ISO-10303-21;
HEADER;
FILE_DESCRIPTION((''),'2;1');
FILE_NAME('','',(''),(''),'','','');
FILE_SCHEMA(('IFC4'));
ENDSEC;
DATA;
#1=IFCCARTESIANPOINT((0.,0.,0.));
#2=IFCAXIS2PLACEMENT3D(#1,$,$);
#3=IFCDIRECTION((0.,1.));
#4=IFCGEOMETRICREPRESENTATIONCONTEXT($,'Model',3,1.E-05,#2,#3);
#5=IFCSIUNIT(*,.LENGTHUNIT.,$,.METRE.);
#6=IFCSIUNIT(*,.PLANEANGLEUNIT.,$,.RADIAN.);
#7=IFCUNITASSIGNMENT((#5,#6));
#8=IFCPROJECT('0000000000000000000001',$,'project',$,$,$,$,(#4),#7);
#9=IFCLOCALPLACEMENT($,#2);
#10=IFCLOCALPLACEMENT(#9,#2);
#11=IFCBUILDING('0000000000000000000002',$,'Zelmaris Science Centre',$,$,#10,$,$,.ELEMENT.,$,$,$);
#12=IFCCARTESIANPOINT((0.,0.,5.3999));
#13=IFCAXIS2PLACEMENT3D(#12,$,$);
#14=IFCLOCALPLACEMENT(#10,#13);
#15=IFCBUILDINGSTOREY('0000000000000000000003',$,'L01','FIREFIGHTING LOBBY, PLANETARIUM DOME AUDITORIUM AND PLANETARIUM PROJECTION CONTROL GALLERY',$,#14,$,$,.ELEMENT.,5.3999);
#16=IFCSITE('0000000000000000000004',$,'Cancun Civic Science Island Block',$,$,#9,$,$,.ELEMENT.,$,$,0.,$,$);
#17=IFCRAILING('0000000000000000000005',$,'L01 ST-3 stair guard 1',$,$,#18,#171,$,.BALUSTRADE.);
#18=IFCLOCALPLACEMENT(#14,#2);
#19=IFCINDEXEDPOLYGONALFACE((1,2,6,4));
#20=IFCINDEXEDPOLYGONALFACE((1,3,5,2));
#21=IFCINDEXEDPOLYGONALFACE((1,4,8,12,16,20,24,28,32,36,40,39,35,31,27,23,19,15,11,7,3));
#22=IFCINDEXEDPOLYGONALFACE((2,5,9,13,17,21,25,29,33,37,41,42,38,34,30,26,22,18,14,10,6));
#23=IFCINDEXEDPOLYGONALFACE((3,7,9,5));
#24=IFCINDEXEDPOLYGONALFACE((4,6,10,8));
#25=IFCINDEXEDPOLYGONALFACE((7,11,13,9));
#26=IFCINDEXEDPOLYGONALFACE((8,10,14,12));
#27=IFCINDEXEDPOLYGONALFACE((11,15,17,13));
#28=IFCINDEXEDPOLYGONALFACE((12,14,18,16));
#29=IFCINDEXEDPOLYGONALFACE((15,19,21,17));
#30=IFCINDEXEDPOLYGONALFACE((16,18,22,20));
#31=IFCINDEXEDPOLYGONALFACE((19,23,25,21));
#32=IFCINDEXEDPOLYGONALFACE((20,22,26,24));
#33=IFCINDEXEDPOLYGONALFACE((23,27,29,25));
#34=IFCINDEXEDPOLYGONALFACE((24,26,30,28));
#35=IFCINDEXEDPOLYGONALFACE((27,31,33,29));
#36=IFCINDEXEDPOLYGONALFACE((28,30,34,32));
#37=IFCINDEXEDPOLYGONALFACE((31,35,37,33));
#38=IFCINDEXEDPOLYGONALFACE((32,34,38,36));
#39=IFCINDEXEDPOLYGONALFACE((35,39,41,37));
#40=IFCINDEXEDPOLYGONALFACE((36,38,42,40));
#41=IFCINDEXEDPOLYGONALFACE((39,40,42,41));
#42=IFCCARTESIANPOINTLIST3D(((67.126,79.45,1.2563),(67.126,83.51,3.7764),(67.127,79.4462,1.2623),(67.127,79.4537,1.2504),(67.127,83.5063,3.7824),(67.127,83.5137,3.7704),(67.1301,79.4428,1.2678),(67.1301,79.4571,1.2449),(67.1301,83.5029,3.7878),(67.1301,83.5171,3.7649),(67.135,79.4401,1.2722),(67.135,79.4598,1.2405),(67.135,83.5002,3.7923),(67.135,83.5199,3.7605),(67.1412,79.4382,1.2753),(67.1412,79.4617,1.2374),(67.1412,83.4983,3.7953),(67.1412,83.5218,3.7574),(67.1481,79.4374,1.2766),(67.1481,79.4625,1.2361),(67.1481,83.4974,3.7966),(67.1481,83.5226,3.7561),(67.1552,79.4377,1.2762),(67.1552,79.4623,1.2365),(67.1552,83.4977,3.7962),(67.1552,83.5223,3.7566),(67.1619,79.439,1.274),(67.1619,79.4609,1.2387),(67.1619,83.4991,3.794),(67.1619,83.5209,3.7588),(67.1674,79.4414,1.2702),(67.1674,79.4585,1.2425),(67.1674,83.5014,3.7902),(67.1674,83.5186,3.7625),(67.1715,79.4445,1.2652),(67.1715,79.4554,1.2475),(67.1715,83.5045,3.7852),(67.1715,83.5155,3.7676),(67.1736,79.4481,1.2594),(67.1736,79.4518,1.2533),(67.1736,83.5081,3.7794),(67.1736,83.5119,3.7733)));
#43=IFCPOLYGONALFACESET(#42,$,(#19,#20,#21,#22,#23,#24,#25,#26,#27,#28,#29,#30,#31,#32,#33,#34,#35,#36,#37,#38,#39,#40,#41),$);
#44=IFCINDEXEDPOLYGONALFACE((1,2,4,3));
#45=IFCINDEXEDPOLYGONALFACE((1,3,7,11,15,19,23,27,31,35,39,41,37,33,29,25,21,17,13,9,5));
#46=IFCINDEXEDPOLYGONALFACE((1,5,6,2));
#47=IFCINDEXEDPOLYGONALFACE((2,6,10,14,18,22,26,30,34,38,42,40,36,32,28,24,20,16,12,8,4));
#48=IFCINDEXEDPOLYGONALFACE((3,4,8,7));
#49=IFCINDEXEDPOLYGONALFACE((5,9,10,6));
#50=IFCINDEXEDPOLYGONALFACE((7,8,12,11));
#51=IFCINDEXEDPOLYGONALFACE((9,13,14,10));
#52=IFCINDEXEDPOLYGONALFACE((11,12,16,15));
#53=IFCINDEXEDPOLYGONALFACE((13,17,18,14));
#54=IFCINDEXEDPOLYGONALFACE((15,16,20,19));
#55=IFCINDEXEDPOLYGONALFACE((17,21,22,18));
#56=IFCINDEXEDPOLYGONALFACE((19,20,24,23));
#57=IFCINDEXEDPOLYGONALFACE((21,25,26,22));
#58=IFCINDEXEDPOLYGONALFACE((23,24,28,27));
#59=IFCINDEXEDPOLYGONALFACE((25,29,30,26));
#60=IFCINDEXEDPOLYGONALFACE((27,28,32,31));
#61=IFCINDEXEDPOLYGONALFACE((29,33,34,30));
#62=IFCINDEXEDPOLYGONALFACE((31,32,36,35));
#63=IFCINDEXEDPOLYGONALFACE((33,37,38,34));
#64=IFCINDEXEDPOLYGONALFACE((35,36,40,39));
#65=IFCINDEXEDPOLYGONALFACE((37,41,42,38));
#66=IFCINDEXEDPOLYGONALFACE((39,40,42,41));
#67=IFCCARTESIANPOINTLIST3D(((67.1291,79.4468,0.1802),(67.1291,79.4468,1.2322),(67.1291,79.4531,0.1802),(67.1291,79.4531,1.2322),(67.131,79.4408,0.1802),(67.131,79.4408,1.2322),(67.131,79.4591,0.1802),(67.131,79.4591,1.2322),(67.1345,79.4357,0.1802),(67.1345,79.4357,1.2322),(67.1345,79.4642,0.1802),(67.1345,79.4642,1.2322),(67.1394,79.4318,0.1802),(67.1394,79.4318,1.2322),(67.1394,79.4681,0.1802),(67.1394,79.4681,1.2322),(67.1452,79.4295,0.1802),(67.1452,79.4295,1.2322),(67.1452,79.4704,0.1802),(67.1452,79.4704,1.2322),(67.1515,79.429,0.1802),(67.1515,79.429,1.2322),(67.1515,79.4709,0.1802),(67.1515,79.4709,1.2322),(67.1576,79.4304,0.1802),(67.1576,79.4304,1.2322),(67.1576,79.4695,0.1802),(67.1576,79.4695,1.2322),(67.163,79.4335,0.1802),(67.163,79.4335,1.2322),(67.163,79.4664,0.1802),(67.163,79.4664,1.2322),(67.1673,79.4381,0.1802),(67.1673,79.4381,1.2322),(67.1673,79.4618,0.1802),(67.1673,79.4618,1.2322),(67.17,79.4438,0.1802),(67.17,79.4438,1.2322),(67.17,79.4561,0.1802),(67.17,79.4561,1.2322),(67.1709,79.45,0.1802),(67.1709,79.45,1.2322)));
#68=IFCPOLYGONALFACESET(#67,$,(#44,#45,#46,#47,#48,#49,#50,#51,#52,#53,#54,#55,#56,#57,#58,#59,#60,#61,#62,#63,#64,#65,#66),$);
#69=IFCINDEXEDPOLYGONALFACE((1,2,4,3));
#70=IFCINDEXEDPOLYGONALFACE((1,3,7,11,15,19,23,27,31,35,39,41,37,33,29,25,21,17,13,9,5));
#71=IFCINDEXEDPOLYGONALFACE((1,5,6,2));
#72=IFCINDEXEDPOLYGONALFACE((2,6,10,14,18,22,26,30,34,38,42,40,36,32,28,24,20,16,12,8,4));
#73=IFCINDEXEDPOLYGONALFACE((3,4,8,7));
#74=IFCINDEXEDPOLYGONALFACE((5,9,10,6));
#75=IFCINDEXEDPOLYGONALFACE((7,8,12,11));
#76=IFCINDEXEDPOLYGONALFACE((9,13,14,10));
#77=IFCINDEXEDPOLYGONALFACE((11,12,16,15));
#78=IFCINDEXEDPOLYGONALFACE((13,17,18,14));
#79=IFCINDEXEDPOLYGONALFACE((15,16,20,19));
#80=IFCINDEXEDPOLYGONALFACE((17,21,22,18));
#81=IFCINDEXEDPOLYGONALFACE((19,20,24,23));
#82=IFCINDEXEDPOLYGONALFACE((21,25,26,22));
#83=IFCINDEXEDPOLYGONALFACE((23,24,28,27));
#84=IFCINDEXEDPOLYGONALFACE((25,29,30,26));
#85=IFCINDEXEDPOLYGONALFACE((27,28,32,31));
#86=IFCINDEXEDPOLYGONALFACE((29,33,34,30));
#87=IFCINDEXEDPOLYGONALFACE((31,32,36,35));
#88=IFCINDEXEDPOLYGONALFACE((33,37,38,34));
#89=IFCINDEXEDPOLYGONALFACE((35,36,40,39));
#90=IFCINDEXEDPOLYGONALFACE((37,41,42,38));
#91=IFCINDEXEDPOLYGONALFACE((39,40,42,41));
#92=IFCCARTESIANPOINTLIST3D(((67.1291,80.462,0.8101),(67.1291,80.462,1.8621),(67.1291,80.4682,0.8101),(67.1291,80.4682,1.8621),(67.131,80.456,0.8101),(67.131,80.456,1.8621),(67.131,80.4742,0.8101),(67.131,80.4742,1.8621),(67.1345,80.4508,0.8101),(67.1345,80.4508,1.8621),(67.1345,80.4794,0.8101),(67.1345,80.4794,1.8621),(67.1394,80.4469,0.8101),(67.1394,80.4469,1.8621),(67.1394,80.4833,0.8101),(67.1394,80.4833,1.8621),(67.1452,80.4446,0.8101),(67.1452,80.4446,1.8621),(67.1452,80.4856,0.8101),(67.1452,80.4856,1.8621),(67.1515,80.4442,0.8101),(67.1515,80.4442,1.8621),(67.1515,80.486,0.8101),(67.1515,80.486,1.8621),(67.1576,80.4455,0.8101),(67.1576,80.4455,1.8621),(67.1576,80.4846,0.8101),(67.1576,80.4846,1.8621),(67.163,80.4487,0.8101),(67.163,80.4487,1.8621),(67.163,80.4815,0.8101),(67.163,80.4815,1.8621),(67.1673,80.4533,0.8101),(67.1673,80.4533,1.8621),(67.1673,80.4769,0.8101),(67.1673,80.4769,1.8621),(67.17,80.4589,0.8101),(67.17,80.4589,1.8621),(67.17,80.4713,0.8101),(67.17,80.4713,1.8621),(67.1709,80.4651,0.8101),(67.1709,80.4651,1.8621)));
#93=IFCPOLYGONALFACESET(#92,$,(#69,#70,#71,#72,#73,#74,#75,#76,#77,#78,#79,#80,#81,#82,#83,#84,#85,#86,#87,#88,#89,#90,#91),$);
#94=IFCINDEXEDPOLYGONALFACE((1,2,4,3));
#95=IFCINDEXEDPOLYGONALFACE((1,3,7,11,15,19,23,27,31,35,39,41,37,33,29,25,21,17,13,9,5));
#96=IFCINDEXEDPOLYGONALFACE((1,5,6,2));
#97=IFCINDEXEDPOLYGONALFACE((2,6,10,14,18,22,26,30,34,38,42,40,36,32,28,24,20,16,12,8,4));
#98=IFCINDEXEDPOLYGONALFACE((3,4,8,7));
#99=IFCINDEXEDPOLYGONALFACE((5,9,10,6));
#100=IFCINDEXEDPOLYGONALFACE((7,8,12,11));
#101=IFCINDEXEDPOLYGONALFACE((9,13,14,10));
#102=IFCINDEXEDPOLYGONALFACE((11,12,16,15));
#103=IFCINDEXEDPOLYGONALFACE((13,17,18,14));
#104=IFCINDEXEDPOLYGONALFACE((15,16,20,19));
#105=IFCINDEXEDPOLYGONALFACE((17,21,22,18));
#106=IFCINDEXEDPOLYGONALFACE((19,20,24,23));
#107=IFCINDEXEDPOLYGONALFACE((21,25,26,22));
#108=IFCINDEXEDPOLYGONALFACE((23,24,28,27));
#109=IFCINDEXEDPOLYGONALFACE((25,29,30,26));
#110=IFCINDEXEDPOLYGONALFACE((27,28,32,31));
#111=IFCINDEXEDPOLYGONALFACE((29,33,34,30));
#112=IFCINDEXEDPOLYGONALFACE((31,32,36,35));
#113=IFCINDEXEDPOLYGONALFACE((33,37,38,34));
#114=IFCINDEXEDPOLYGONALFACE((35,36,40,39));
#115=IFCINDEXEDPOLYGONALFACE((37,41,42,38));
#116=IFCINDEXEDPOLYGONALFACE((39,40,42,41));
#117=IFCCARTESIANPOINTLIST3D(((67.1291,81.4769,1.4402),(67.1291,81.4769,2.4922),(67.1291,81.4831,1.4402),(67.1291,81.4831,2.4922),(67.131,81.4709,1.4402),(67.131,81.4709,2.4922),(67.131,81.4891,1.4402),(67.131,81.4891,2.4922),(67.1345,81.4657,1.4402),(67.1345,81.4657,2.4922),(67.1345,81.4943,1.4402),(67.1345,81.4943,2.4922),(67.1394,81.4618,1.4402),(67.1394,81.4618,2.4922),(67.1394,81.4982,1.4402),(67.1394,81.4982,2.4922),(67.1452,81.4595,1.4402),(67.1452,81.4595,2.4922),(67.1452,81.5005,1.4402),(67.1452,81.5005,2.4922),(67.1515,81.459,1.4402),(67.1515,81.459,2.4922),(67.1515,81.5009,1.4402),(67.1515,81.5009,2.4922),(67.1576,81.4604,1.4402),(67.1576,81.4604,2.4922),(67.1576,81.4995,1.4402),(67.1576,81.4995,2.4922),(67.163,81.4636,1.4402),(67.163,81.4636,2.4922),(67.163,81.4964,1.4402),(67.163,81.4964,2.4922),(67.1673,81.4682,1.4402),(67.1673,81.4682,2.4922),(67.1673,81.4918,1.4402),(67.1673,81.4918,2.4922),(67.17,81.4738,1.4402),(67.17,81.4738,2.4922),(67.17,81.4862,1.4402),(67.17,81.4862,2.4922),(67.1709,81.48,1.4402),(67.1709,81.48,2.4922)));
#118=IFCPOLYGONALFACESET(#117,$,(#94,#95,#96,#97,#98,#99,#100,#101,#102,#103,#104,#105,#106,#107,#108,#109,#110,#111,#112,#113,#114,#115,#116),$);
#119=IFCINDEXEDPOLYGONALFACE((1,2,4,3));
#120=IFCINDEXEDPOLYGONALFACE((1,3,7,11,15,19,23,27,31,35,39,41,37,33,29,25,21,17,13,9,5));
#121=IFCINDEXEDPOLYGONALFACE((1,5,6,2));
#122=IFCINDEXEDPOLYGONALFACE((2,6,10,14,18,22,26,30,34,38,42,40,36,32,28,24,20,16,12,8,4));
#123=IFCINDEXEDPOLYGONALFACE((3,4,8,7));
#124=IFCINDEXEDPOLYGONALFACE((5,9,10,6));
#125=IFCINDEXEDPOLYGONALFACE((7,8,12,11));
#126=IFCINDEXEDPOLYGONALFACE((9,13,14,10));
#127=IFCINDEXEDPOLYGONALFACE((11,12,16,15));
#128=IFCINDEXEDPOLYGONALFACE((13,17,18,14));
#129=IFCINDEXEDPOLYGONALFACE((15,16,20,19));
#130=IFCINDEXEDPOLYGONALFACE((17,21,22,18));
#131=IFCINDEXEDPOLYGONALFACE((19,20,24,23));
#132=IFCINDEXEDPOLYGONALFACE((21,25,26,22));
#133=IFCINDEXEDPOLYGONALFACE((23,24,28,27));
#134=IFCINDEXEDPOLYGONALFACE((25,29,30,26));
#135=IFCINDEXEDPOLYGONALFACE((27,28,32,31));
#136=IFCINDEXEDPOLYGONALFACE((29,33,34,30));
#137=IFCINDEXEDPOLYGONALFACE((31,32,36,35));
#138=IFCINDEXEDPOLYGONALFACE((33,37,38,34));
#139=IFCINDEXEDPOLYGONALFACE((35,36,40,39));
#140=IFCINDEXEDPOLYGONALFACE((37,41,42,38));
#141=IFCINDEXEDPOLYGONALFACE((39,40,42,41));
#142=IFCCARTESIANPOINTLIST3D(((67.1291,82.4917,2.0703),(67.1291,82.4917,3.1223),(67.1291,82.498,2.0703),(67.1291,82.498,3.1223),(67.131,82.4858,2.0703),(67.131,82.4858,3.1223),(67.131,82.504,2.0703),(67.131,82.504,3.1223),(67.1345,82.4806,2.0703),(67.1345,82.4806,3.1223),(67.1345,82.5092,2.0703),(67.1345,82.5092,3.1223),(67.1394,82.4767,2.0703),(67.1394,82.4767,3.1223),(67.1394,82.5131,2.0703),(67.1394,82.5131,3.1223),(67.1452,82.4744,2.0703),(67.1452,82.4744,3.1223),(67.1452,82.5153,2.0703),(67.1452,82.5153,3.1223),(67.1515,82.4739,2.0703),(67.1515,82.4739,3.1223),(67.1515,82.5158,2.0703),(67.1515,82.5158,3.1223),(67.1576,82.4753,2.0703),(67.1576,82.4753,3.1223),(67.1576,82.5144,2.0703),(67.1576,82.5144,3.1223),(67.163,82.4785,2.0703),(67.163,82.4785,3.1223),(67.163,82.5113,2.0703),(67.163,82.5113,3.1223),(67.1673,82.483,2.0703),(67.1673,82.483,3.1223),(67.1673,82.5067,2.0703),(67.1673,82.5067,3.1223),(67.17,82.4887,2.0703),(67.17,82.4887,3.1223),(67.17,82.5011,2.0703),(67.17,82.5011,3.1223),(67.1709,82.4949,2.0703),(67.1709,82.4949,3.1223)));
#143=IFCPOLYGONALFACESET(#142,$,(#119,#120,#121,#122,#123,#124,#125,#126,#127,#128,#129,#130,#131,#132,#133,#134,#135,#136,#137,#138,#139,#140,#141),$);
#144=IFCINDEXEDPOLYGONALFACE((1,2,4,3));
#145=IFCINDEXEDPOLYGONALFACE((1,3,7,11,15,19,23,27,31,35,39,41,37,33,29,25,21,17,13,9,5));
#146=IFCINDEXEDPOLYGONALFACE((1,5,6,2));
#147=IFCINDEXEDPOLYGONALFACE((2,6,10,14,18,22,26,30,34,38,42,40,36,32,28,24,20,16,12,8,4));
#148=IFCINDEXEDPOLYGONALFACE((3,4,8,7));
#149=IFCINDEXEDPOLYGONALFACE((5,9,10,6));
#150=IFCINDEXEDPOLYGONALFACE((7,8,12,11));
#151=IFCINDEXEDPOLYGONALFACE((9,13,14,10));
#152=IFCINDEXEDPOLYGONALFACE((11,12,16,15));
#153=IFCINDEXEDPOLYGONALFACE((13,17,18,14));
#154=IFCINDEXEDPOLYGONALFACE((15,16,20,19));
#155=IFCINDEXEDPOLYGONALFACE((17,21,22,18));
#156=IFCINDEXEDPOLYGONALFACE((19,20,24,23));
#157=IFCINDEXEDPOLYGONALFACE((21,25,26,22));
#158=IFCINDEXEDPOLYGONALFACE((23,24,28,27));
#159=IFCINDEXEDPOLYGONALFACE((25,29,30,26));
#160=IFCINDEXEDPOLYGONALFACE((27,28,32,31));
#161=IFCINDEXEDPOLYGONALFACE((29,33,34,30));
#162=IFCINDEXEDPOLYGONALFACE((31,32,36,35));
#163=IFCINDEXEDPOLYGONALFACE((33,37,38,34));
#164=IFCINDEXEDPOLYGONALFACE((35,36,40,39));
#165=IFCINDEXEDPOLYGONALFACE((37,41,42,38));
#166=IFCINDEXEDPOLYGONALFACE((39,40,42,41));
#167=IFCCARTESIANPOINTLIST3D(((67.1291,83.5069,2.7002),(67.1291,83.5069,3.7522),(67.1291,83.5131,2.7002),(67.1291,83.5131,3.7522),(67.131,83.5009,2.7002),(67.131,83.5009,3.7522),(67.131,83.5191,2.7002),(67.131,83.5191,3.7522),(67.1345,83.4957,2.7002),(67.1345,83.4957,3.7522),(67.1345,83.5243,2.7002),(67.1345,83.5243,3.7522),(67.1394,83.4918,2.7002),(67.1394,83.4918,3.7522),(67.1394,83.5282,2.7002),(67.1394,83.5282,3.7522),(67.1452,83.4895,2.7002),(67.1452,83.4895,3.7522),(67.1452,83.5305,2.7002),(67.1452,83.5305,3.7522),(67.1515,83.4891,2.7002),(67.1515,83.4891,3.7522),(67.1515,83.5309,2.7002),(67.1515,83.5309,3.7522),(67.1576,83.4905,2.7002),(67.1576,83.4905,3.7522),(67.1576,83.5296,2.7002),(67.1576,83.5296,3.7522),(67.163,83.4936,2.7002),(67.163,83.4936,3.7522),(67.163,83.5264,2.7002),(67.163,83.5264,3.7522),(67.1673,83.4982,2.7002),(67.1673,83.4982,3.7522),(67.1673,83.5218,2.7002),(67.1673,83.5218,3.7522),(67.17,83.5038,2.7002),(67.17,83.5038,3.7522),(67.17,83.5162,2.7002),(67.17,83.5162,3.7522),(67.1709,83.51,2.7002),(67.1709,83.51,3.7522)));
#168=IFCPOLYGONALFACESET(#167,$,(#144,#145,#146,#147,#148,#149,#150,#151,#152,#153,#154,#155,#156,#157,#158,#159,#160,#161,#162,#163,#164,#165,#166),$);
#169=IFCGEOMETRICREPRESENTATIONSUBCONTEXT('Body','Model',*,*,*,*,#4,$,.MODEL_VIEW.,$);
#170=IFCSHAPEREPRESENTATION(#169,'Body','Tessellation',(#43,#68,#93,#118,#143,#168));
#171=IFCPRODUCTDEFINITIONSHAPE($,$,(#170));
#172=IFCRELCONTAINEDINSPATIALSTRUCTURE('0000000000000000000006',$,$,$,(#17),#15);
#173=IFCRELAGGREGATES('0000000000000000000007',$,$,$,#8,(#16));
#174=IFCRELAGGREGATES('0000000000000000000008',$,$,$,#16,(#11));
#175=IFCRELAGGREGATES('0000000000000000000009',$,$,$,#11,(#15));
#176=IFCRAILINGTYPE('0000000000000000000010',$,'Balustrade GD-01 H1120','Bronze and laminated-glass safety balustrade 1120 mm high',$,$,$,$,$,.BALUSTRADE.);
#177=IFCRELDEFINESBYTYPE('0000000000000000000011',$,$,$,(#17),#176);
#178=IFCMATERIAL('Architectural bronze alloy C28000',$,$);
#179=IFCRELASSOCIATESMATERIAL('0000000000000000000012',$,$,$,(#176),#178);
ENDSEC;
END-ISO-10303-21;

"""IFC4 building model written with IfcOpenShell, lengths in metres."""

from ifc_helpers import new_model, si_unit, direction, frame, origin, origin_2d, place, context, subcontext, project, spatial, circle, extrude, material, type_object, element, save


model = new_model("IFC4")

# Units and contexts
model_context = context("Model", 3, precision=1e-05, world=origin(), true_north=direction((0.0, 1.0)))
body_context = subcontext(model_context, "Body", "Model", "MODEL_VIEW")
ifc_project = project(units=[si_unit("LENGTHUNIT", "METRE"), si_unit("PLANEANGLEUNIT", "RADIAN")], contexts=[model_context])

# Site, building, storey
site_placement = place(None, origin())
site = spatial("IfcSite", under=ifc_project, at=site_placement, Name="Cancun Civic Science Island Block", CompositionType="ELEMENT", RefElevation=0.0)
building_placement = place(site_placement, origin())
building = spatial("IfcBuilding", under=site, at=building_placement, Name="Zelmaris Science Centre", CompositionType="ELEMENT")
storey_placement = place(building_placement, frame((0.0, 0.0, 5.3999)))
storey = spatial("IfcBuildingStorey", under=building, at=storey_placement, Name="L01", Description="FIREFIGHTING LOBBY, PLANETARIUM DOME AUDITORIUM AND PLANETARIUM PROJECTION CONTROL GALLERY", CompositionType="ELEMENT", Elevation=5.3999)

# Railing
ifc_material_1 = material(Name="Architectural bronze alloy C28000")
railing_type_1 = type_object("IfcRailingType", Name="Balustrade GD-01 H1120", Description="Bronze and laminated-glass safety balustrade 1120 mm high", PredefinedType="BALUSTRADE", material=ifc_material_1)
railing_1_placement = place(storey_placement, frame((67.1499, 79.45, 0.1802)))
element("IfcRailing", 1, at=railing_1_placement, inside=storey, type_object=railing_type_1, Name="L01 ST-3 stair guard 1", PredefinedType="BALUSTRADE", context=body_context, shape_type="SweptSolid", body=[
    extrude(circle(Radius=0.0239, at=origin_2d()), frame((0.0, 0.0, 1.0762), z_axis=(0.0, 0.849642, 0.52736), x_axis=(-1.0, 0.0, 0.0)), (0.0, 0.0, 1.0), 4.7786),
    extrude(circle(Radius=0.021, at=origin_2d()), origin(), (0.0, 0.0, 1.0), 1.052),
    extrude(circle(Radius=0.021, at=origin_2d()), frame((0.0, 1.0151, 0.6299)), (0.0, 0.0, 1.0), 1.052),
    extrude(circle(Radius=0.021, at=origin_2d()), frame((0.0, 2.03, 1.26)), (0.0, 0.0, 1.0), 1.052),
    extrude(circle(Radius=0.021, at=origin_2d()), frame((0.0, 3.0449, 1.8901)), (0.0, 0.0, 1.0), 1.052),
    extrude(circle(Radius=0.021, at=origin_2d()), frame((0.0, 4.0601, 2.52)), (0.0, 0.0, 1.0), 1.052),
])

save(model, "model.ifc")
